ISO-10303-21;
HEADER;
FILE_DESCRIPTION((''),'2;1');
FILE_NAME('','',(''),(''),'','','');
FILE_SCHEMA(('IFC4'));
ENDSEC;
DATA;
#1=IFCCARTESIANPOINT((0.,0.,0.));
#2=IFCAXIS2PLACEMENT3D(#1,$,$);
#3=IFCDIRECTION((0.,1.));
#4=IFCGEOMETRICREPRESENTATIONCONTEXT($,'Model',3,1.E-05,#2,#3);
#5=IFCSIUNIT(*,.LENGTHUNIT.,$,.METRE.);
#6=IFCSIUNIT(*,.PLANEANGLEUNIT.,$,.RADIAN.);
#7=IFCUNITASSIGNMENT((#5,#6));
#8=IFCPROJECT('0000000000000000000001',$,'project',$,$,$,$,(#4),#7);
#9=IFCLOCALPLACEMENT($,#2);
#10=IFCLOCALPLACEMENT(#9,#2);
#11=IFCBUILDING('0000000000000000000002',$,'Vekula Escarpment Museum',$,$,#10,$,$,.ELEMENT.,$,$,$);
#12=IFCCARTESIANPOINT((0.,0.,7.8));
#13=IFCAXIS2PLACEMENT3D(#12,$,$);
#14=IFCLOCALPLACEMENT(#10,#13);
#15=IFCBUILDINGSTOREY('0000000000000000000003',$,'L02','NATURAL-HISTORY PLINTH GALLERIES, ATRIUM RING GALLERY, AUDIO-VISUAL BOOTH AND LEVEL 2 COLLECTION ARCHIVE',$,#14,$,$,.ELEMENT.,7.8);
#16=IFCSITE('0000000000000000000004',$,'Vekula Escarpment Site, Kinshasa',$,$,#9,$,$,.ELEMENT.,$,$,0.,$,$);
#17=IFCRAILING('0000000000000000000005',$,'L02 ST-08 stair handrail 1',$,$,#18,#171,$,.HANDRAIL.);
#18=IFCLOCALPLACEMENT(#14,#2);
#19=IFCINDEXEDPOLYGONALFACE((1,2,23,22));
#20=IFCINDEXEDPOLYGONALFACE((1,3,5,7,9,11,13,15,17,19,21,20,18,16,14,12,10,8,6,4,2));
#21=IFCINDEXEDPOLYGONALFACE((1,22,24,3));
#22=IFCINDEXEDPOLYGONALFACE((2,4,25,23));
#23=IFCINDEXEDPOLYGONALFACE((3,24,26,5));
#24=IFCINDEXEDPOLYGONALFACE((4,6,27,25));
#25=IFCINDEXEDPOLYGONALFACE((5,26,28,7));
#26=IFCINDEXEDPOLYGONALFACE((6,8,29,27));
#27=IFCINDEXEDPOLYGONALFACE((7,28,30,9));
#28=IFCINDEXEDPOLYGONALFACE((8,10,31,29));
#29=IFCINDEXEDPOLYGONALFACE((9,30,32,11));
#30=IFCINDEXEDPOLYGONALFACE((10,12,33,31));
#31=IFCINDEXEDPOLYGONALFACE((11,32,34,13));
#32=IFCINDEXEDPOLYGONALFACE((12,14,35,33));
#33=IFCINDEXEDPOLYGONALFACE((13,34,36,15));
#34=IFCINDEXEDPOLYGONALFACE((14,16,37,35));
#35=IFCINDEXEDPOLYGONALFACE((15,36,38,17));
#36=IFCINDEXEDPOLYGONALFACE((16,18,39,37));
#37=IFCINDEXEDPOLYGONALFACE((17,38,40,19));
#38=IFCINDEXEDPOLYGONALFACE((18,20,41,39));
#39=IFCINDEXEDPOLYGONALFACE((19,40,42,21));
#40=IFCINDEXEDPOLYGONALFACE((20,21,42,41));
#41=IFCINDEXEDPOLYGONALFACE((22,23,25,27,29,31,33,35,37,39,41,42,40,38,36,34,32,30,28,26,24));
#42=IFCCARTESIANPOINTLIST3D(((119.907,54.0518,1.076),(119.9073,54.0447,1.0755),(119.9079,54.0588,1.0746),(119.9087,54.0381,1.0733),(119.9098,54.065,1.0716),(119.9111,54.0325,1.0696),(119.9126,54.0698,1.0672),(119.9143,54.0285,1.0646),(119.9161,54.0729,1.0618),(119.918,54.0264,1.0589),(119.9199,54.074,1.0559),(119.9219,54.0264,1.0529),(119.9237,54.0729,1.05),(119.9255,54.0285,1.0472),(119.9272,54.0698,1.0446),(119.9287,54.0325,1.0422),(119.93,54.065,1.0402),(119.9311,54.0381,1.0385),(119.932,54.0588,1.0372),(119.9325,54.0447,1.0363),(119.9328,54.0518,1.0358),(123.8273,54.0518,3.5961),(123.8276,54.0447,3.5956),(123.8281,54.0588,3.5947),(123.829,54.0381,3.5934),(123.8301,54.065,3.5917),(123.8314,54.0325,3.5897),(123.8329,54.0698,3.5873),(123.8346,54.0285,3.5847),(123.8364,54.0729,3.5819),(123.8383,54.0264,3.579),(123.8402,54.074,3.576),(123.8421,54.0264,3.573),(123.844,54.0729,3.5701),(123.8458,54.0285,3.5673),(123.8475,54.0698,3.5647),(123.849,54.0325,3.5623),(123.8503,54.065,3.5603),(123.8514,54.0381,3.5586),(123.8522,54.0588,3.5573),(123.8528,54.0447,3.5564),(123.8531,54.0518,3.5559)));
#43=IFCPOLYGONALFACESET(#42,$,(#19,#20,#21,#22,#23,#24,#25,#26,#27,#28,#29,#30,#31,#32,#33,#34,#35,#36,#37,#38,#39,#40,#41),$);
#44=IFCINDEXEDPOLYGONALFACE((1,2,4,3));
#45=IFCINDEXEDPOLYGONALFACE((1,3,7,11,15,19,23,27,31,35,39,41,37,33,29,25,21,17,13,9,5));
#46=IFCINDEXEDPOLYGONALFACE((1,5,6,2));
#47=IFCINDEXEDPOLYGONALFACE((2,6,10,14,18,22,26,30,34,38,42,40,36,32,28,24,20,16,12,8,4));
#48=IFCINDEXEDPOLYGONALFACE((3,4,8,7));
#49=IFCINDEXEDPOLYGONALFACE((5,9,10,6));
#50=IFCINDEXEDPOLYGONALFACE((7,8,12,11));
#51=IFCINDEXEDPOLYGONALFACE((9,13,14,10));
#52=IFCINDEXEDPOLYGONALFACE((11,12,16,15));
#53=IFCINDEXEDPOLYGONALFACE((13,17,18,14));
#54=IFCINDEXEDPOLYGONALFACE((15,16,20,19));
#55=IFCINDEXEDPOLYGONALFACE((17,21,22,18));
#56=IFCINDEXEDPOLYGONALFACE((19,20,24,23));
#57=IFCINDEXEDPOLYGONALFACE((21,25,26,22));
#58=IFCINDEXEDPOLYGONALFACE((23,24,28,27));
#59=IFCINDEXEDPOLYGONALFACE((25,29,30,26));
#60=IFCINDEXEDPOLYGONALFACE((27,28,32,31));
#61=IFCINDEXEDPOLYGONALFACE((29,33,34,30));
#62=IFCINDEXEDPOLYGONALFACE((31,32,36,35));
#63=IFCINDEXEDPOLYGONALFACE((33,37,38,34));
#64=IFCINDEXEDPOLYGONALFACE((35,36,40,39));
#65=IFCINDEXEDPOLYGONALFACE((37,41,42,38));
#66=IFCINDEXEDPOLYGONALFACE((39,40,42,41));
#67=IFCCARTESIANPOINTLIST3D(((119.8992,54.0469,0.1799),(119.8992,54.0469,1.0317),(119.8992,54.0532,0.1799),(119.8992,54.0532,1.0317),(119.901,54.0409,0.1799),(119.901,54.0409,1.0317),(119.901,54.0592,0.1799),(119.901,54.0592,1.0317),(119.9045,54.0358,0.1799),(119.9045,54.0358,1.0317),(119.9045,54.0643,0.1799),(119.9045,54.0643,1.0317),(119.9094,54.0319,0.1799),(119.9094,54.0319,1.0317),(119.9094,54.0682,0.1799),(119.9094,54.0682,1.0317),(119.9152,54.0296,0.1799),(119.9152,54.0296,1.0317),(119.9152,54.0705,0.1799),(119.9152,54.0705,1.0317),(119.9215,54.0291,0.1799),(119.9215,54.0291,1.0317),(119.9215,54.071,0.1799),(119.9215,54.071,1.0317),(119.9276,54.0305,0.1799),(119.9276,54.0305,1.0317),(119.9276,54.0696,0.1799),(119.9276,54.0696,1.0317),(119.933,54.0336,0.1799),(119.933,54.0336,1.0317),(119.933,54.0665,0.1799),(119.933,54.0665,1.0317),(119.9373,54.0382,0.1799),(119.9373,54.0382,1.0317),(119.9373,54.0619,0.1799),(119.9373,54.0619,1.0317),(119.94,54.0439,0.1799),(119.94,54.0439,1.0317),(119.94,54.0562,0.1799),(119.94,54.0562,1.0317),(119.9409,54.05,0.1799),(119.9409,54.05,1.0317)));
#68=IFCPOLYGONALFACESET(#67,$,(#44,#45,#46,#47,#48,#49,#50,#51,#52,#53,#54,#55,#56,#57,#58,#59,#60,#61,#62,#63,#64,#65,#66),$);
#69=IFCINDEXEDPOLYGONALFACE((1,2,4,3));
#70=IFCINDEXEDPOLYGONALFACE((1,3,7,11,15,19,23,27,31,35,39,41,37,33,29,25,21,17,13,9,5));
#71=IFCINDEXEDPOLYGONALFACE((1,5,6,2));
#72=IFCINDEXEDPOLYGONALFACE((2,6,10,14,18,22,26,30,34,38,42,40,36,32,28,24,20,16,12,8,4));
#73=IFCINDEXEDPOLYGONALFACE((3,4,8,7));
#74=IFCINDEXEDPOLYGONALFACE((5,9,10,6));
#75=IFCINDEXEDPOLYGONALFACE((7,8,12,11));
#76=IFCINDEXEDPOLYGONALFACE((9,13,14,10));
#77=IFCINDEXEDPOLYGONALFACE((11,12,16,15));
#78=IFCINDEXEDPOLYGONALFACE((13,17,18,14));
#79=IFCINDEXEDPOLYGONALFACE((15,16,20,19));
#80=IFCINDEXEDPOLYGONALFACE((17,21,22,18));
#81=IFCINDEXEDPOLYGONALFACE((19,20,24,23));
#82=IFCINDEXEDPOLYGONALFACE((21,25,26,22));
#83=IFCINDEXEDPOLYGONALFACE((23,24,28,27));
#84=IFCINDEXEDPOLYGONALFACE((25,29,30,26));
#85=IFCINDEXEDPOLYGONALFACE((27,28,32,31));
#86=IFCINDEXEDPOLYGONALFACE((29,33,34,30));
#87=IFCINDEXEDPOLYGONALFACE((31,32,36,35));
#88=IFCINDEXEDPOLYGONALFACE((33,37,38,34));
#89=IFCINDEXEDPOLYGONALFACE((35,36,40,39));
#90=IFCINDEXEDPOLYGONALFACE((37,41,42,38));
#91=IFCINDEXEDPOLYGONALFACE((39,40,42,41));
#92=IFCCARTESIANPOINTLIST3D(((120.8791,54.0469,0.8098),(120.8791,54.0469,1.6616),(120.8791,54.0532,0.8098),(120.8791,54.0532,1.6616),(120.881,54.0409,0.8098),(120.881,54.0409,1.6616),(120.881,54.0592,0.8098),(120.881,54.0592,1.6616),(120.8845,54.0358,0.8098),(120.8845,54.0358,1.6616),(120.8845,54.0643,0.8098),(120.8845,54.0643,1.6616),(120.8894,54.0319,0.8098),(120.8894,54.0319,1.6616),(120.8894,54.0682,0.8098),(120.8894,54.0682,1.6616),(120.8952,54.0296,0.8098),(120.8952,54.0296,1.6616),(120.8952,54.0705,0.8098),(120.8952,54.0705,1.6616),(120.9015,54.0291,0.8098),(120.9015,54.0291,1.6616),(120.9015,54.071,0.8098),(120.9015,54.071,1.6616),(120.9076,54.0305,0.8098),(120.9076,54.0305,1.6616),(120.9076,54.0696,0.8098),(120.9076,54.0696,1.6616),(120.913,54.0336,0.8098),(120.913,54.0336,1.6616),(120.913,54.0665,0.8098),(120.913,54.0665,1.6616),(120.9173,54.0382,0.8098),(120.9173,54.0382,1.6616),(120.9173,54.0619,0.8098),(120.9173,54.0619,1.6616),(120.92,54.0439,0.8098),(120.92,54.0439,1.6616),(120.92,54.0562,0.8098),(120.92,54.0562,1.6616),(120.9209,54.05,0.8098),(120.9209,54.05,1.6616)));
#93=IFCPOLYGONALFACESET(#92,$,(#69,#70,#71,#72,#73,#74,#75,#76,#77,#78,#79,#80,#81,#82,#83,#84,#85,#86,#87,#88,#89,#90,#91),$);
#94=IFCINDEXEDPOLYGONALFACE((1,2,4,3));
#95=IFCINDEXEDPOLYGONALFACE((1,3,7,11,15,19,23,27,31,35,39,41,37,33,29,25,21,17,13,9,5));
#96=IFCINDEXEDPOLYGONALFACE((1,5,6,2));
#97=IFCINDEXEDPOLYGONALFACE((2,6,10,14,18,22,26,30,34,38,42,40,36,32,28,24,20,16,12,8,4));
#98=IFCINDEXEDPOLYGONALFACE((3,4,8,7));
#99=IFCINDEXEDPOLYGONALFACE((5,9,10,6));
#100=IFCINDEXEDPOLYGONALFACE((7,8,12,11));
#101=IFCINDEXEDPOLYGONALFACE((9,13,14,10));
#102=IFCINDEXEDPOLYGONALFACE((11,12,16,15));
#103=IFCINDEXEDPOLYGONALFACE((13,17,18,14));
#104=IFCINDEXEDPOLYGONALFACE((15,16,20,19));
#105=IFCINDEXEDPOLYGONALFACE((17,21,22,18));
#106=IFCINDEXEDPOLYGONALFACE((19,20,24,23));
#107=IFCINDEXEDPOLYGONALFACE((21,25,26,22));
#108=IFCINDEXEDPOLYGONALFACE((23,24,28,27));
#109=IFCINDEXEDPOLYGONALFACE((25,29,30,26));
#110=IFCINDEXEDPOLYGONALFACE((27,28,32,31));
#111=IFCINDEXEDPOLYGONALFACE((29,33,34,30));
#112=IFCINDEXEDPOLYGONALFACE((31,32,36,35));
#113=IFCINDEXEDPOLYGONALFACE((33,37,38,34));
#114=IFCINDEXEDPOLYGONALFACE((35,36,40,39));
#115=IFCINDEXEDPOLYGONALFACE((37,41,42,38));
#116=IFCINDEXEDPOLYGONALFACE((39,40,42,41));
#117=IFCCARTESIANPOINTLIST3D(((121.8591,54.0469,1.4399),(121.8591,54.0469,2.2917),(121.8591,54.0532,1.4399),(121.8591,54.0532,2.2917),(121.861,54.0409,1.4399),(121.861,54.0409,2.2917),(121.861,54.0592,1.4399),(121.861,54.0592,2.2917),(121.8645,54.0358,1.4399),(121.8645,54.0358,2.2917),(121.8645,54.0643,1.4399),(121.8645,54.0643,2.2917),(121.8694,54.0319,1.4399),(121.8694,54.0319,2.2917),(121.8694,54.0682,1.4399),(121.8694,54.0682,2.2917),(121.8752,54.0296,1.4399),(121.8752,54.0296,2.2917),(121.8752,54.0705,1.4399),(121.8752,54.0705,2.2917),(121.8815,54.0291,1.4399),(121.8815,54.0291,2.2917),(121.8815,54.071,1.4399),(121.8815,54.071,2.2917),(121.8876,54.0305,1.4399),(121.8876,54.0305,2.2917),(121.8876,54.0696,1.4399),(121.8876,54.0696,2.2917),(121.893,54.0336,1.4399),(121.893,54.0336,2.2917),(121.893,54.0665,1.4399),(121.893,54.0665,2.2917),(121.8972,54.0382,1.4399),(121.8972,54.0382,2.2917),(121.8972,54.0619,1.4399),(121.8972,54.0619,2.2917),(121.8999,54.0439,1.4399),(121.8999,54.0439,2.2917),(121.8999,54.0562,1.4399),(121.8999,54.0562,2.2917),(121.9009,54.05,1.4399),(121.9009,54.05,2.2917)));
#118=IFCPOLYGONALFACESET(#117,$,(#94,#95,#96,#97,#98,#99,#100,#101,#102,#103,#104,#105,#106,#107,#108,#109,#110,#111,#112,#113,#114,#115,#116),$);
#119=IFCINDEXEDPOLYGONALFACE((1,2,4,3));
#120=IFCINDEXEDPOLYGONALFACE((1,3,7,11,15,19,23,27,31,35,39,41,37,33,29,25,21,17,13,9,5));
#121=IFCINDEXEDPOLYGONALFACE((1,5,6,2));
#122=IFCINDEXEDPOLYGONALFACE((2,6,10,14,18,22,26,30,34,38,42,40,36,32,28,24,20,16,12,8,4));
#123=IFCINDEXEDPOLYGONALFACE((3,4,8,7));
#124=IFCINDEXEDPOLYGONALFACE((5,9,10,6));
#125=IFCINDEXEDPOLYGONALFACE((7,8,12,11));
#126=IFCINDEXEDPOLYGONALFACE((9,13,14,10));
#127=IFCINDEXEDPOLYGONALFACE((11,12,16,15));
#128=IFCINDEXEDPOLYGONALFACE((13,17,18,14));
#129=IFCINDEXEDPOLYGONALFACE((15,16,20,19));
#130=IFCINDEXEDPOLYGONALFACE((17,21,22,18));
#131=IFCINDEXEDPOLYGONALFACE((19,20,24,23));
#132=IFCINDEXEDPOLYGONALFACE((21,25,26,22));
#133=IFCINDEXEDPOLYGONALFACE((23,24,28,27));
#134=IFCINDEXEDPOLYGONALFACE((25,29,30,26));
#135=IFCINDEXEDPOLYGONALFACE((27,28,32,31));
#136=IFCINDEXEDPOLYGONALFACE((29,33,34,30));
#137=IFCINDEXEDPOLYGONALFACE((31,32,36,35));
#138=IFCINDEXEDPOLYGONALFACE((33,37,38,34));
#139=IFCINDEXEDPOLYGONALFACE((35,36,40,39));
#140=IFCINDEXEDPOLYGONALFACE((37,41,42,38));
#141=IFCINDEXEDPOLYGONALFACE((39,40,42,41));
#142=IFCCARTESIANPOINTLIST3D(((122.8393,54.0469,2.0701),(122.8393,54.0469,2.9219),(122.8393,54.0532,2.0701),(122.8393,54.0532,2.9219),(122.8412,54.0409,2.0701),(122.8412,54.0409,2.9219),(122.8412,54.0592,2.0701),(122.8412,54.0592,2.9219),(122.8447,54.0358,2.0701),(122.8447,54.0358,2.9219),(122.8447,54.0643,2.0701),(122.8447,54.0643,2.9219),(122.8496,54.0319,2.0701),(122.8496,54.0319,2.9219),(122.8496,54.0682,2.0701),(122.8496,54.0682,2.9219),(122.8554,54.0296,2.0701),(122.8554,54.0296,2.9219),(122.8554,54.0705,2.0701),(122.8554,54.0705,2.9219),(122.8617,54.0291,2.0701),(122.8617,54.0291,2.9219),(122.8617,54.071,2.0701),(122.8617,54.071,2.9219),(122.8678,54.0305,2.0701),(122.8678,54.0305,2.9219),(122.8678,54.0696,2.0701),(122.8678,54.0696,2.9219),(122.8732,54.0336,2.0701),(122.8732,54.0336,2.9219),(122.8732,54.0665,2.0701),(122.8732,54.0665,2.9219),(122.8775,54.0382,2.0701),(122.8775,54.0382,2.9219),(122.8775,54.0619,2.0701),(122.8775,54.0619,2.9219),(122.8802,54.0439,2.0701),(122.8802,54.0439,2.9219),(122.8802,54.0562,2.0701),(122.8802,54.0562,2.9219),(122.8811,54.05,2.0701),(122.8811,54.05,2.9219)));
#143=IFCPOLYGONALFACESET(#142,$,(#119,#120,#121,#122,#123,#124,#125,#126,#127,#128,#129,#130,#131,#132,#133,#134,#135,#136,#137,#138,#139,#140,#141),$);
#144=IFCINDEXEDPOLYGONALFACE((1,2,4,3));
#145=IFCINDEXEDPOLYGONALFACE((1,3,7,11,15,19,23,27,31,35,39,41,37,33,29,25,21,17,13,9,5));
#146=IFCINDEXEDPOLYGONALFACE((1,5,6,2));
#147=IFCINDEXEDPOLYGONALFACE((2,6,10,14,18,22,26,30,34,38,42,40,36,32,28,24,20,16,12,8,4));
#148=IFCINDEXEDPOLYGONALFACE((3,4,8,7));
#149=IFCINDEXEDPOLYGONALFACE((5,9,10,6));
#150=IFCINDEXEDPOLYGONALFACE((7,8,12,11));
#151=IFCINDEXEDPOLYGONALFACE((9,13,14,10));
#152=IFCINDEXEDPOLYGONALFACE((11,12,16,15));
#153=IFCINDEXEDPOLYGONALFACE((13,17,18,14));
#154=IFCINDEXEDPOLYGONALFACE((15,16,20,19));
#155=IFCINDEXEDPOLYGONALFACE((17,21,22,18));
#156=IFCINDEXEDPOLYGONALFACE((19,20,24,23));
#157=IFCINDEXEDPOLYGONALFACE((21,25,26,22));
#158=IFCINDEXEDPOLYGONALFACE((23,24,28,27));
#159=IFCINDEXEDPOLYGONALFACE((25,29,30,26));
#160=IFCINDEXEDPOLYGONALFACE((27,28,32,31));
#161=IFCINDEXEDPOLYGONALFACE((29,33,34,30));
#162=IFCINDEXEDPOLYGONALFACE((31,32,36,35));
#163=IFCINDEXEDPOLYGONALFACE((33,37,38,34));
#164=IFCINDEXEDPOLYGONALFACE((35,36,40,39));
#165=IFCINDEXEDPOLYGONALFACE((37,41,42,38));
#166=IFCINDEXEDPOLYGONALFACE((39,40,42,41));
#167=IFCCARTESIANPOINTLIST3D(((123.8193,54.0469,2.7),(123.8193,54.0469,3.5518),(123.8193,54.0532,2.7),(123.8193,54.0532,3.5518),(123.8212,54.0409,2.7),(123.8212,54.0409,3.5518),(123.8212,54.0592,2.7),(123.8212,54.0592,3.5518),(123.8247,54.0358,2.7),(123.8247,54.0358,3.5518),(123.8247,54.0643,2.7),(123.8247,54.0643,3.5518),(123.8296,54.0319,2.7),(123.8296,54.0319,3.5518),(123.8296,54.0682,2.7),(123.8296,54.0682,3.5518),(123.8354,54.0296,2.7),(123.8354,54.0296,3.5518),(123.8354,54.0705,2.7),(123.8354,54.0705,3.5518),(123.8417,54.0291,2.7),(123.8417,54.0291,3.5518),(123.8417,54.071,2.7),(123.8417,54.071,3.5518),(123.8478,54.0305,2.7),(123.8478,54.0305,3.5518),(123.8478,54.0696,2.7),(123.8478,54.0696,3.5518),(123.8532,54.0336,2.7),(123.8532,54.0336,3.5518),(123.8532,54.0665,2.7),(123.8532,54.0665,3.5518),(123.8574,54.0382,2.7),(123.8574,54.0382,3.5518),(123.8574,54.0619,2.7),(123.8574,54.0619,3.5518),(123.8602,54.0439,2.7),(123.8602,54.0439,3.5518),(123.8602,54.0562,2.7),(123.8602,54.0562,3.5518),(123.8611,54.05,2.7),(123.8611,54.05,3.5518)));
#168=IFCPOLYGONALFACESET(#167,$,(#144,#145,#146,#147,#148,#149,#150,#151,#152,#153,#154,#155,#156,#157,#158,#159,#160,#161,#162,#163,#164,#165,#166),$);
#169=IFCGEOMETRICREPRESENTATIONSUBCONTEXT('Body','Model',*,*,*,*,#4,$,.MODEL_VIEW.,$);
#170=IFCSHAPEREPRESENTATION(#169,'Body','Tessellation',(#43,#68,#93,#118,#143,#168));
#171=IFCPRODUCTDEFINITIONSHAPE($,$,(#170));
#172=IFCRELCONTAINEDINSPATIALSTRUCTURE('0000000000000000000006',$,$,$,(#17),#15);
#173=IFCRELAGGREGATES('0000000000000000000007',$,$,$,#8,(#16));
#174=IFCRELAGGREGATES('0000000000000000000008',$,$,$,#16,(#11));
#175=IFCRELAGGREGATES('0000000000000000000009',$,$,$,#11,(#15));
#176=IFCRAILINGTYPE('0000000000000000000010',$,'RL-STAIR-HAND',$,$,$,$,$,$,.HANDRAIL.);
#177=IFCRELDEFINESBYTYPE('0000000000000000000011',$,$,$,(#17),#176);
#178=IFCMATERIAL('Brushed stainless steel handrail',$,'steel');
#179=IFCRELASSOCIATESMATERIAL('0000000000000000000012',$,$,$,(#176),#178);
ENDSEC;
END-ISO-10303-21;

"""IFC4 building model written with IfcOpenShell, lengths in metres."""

from ifc_helpers import new_model, si_unit, direction, frame, origin, origin_2d, place, context, subcontext, project, spatial, circle, extrude, material, type_object, element, save


model = new_model("IFC4")

# Units and contexts
model_context = context("Model", 3, precision=1e-05, world=origin(), true_north=direction((0.0, 1.0)))
body_context = subcontext(model_context, "Body", "Model", "MODEL_VIEW")
ifc_project = project(units=[si_unit("LENGTHUNIT", "METRE"), si_unit("PLANEANGLEUNIT", "RADIAN")], contexts=[model_context])

# Site, building, storey
site_placement = place(None, origin())
site = spatial("IfcSite", under=ifc_project, at=site_placement, Name="Vekula Escarpment Site, Kinshasa", CompositionType="ELEMENT", RefElevation=0.0)
building_placement = place(site_placement, origin())
building = spatial("IfcBuilding", under=site, at=building_placement, Name="Vekula Escarpment Museum", CompositionType="ELEMENT")
storey_placement = place(building_placement, frame((0.0, 0.0, 7.8)))
storey = spatial("IfcBuildingStorey", under=building, at=storey_placement, Name="L02", Description="NATURAL-HISTORY PLINTH GALLERIES, ATRIUM RING GALLERY, AUDIO-VISUAL BOOTH AND LEVEL 2 COLLECTION ARCHIVE", CompositionType="ELEMENT", Elevation=7.8)

# Railing
ifc_material_1 = material(Name="Brushed stainless steel handrail", Category="steel")
railing_type_1 = type_object("IfcRailingType", Name="RL-STAIR-HAND", PredefinedType="HANDRAIL", material=ifc_material_1)
railing_1_placement = place(storey_placement, frame((119.9199, 54.05, 0.1799)))
element("IfcRailing", 1, at=railing_1_placement, inside=storey, type_object=railing_type_1, Name="L02 ST-08 stair handrail 1", PredefinedType="HANDRAIL", context=body_context, shape_type="SweptSolid", body=[
    extrude(circle(Radius=0.0239, at=origin_2d()), frame((0.0, 0.0, 0.876), z_axis=(0.841187, 0.0, 0.540744), x_axis=(0.0, 1.0, 0.0)), (0.0, 0.0, 1.0), 4.6604),
    extrude(circle(Radius=0.021, at=origin_2d()), origin(), (0.0, 0.0, 1.0), 0.8518),
    extrude(circle(Radius=0.021, at=origin_2d()), frame((0.98, 0.0, 0.6299)), (0.0, 0.0, 1.0), 0.8518),
    extrude(circle(Radius=0.021, at=origin_2d()), frame((1.96, 0.0, 1.26)), (0.0, 0.0, 1.0), 0.8518),
    extrude(circle(Radius=0.021, at=origin_2d()), frame((2.9402, 0.0, 1.8901)), (0.0, 0.0, 1.0), 0.8518),
    extrude(circle(Radius=0.021, at=origin_2d()), frame((3.9202, 0.0, 2.52)), (0.0, 0.0, 1.0), 0.8518),
])

save(model, "model.ifc")
